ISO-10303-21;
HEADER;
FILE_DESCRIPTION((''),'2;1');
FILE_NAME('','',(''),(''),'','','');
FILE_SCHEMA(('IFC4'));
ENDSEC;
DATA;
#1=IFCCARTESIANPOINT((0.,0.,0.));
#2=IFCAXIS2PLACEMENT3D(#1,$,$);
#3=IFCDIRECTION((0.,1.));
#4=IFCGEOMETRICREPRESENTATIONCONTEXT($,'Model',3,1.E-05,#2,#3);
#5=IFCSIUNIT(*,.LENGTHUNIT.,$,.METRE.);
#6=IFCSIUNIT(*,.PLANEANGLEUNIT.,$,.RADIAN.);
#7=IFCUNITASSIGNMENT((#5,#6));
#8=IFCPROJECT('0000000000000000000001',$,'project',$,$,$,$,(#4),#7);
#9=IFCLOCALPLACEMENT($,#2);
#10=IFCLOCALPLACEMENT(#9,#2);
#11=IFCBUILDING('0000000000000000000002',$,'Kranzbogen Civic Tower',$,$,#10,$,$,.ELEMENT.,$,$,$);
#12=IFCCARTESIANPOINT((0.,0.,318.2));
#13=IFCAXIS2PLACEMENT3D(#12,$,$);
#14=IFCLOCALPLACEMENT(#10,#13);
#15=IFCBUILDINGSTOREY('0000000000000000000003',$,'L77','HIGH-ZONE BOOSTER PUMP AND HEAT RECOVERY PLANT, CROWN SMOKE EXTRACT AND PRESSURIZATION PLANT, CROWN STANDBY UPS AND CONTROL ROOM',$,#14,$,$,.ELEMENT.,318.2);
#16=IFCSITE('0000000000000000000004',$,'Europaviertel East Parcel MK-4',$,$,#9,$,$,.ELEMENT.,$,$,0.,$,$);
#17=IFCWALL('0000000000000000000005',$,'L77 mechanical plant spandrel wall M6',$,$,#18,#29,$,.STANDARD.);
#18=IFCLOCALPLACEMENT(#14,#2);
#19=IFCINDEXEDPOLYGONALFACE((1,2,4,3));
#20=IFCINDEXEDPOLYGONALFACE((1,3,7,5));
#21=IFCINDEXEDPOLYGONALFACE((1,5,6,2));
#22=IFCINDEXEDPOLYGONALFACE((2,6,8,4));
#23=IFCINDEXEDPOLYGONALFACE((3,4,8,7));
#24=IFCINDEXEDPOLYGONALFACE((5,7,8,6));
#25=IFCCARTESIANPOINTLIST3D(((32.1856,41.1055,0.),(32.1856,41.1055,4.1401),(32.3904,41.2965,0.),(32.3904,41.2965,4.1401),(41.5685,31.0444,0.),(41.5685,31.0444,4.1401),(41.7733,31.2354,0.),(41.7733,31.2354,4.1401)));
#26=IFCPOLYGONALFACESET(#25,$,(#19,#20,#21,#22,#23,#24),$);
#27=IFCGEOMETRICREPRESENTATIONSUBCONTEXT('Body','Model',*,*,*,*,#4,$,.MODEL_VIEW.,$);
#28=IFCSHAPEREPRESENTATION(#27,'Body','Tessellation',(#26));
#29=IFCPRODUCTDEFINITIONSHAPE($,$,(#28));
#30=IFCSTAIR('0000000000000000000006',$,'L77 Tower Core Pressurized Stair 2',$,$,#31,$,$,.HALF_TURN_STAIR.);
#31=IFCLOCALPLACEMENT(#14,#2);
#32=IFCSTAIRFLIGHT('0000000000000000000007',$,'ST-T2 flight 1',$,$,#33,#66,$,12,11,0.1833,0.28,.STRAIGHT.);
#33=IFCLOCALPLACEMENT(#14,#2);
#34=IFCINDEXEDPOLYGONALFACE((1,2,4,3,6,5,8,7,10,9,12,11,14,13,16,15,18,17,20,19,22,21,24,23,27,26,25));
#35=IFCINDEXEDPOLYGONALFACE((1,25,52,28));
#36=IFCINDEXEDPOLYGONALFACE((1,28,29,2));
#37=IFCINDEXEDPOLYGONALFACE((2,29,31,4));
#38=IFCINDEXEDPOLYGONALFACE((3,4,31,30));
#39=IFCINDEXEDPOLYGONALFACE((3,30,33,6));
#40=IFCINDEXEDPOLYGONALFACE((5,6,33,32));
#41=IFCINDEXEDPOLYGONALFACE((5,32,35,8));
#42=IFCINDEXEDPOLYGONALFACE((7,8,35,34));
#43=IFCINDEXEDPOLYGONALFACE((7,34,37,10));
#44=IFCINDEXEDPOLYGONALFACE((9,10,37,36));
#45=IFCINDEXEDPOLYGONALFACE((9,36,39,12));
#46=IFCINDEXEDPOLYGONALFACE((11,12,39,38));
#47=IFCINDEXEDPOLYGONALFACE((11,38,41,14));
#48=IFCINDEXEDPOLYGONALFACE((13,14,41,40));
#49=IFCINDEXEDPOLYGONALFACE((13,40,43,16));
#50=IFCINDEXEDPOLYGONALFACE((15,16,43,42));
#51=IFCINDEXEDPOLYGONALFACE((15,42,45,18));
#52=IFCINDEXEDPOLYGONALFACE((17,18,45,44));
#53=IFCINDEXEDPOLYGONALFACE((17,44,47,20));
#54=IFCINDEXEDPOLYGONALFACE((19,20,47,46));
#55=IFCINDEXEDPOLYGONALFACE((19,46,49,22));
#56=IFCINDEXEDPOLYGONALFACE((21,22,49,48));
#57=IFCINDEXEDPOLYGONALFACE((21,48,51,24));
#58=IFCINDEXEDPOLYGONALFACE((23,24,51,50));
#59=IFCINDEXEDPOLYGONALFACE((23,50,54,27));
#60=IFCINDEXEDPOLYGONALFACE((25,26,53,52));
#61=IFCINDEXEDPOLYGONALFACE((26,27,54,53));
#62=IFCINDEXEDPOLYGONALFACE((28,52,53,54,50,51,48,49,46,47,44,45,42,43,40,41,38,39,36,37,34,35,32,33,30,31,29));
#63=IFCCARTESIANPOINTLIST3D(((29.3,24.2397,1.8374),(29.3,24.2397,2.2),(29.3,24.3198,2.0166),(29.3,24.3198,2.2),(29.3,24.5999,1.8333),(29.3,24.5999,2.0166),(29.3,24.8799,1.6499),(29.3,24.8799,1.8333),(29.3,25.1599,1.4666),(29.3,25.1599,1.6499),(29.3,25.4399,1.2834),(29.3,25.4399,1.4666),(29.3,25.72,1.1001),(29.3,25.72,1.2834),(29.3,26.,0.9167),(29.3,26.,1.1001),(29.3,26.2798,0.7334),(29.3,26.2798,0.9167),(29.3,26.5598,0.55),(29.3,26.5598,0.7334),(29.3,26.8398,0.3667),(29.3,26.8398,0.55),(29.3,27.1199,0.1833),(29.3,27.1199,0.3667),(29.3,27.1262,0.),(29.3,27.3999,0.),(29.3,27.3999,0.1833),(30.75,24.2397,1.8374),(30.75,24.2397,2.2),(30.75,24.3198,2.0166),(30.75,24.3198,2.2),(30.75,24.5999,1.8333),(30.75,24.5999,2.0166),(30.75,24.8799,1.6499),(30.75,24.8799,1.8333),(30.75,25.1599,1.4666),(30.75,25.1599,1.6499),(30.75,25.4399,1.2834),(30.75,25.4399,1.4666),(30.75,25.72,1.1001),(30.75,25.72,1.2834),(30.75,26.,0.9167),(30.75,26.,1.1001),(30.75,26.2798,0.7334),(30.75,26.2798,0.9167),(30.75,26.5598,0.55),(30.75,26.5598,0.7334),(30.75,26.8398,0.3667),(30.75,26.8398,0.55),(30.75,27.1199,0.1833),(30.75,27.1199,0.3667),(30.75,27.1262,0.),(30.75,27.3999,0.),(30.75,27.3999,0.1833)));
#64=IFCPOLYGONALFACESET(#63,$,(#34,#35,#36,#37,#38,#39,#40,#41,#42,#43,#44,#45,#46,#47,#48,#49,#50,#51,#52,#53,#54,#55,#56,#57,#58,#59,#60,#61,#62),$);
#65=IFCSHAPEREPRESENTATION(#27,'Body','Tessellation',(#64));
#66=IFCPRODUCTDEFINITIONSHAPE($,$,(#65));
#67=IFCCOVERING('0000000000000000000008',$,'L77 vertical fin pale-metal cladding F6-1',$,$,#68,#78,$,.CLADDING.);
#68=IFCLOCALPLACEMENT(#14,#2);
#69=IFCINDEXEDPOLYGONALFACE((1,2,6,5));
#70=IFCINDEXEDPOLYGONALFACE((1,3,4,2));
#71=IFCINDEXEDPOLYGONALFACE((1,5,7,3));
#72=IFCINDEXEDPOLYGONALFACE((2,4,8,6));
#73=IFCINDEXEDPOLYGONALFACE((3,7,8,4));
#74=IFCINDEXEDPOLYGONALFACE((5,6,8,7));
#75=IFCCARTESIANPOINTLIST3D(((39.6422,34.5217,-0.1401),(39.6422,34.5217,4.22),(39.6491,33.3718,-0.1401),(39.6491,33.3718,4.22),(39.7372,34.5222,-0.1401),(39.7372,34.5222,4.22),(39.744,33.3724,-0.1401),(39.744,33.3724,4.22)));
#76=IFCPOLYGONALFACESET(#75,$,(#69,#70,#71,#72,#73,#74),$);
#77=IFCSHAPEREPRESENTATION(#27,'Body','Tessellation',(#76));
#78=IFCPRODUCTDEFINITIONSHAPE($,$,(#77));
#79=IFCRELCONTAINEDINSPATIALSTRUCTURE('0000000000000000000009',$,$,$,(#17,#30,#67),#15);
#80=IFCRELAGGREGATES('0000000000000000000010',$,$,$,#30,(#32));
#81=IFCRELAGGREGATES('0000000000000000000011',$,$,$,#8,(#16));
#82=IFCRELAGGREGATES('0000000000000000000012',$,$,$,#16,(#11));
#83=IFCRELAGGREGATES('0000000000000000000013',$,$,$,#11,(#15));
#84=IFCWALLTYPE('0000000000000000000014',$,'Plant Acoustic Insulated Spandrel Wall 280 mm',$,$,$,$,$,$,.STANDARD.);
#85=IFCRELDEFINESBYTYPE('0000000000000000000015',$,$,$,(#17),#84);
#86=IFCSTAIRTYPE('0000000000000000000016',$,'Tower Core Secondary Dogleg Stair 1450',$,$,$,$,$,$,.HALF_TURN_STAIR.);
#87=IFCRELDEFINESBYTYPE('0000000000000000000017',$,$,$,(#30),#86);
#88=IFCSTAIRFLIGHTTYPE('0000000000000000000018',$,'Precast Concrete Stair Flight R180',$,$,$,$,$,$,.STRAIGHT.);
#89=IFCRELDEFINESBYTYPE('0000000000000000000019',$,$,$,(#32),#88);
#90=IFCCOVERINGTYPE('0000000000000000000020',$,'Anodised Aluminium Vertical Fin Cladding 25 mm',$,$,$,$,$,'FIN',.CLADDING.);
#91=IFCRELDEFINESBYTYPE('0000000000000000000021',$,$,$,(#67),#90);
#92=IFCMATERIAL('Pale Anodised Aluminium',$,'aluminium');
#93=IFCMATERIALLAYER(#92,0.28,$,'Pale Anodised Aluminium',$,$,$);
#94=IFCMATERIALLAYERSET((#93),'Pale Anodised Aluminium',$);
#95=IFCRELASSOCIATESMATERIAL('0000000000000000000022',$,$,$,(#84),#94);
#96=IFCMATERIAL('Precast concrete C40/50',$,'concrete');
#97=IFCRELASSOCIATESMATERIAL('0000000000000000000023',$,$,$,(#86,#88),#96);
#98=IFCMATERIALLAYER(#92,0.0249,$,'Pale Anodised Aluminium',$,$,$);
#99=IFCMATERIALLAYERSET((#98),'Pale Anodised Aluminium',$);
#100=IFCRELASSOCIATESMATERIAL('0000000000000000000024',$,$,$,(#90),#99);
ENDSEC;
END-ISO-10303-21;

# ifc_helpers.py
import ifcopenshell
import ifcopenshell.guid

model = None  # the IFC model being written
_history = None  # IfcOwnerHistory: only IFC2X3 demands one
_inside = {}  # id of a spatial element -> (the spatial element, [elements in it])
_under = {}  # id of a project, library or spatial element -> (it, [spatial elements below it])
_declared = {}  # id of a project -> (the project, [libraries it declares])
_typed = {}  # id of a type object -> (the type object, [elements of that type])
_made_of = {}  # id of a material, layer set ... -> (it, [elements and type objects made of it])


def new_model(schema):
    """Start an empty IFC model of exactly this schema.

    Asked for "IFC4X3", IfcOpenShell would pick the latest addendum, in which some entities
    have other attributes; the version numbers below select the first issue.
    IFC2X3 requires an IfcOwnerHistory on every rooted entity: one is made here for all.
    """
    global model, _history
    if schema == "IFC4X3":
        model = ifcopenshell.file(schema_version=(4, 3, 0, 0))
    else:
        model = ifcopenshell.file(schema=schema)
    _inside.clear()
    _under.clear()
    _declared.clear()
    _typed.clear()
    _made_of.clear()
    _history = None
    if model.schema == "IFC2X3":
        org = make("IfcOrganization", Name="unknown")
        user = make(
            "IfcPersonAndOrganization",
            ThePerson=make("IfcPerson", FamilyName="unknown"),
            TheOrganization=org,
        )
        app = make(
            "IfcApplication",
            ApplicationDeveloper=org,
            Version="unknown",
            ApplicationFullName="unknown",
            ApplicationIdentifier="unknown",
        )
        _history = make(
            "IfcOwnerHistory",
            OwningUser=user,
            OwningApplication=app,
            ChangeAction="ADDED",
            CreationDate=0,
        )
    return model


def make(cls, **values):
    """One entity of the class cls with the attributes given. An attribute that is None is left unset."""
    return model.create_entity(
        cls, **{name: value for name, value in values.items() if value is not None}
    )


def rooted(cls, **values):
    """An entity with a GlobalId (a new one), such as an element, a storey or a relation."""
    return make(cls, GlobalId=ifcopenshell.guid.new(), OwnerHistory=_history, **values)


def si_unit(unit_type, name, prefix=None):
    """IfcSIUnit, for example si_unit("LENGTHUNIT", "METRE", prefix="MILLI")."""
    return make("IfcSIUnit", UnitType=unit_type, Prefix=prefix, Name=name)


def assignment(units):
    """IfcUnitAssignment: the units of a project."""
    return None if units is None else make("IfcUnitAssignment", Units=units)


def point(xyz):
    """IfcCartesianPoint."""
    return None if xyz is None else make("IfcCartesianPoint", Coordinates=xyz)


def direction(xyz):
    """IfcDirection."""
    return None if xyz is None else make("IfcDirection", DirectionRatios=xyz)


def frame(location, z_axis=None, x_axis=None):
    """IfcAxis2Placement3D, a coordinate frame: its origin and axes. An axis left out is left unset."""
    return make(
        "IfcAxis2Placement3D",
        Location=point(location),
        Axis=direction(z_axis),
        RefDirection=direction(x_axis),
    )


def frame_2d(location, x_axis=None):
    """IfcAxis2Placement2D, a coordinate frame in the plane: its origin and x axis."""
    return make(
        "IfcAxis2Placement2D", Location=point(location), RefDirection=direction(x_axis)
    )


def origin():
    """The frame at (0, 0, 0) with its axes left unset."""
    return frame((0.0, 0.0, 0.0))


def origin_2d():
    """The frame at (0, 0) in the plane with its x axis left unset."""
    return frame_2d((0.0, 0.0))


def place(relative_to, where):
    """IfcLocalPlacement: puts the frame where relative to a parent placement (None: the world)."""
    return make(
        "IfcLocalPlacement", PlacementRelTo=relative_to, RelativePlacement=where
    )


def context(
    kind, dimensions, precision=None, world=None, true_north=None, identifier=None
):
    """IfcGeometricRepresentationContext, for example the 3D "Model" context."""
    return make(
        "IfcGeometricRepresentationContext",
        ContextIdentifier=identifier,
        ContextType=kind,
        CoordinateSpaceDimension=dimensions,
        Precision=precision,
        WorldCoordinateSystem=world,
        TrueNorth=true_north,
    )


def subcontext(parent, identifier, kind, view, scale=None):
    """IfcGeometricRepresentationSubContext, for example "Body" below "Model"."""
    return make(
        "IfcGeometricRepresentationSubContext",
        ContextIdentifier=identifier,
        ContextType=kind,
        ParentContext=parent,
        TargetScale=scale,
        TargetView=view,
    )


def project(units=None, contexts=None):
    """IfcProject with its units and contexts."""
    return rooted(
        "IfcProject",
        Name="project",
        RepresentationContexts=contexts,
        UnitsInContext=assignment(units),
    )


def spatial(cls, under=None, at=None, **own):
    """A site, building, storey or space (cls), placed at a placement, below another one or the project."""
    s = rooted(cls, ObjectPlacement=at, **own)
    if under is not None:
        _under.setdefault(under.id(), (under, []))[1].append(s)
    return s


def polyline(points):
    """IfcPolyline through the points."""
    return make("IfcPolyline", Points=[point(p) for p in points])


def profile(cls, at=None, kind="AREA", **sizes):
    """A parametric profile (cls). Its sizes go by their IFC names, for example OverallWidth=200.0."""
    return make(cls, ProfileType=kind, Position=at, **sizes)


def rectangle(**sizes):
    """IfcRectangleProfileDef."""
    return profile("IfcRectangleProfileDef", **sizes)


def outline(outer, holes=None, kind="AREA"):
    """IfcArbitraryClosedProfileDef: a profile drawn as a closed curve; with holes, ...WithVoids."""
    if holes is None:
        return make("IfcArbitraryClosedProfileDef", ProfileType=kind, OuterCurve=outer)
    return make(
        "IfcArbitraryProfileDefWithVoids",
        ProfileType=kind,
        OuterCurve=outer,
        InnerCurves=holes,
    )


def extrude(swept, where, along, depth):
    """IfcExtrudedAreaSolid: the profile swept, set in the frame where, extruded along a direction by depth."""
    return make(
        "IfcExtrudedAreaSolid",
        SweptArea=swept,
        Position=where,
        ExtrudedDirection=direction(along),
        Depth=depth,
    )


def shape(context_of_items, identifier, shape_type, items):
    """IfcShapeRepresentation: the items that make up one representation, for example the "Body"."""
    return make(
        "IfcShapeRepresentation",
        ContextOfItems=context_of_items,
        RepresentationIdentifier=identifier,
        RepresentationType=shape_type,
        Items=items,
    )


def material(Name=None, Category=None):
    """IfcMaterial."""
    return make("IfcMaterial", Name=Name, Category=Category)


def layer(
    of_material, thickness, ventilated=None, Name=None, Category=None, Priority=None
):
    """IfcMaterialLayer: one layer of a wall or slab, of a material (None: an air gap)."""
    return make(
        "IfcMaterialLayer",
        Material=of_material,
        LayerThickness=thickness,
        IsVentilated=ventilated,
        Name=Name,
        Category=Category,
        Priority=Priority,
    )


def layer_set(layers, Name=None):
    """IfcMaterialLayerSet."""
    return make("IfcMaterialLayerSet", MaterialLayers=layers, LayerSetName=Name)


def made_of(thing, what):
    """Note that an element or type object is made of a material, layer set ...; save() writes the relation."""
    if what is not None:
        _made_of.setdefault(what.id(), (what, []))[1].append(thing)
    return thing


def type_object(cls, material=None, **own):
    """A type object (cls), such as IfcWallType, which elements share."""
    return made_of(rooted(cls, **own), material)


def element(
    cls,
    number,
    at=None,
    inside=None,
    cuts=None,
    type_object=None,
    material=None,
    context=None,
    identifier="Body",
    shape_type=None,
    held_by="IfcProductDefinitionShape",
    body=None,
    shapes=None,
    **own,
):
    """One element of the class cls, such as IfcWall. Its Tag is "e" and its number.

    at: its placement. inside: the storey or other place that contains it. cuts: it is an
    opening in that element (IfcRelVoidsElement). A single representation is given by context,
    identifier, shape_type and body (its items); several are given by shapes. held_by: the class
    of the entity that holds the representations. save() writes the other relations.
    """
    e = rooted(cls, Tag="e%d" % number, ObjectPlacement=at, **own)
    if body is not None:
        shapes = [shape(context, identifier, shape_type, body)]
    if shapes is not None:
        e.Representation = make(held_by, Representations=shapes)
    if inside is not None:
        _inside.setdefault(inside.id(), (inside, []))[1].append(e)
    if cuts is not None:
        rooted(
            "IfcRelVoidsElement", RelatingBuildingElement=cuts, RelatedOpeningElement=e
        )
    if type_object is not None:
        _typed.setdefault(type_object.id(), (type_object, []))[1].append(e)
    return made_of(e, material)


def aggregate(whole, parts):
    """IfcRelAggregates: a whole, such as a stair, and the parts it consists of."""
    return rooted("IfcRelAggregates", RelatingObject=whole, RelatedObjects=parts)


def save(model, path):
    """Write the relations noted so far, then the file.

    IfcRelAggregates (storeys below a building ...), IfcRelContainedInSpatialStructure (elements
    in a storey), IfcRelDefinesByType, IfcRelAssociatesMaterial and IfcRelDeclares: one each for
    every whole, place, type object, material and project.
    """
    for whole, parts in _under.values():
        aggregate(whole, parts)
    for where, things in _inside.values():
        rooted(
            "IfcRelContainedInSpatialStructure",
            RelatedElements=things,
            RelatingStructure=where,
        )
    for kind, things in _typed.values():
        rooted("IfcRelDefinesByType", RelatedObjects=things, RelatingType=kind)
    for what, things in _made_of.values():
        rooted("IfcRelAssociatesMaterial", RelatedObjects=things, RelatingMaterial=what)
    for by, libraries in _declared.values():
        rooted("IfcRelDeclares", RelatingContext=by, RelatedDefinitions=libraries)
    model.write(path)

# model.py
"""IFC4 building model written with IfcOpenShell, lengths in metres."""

from ifc_helpers import new_model, si_unit, direction, frame, frame_2d, origin, origin_2d, place, context, subcontext, project, spatial, polyline, rectangle, outline, extrude, material, layer, layer_set, type_object, element, aggregate, save


model = new_model("IFC4")

# Units and contexts
model_context = context("Model", 3, precision=1e-05, world=origin(), true_north=direction((0.0, 1.0)))
body_context = subcontext(model_context, "Body", "Model", "MODEL_VIEW")
ifc_project = project(units=[si_unit("LENGTHUNIT", "METRE"), si_unit("PLANEANGLEUNIT", "RADIAN")], contexts=[model_context])

# Site, building, storey
site_placement = place(None, origin())
site = spatial("IfcSite", under=ifc_project, at=site_placement, Name="Europaviertel East Parcel MK-4", CompositionType="ELEMENT", RefElevation=0.0)
building_placement = place(site_placement, origin())
building = spatial("IfcBuilding", under=site, at=building_placement, Name="Kranzbogen Civic Tower", CompositionType="ELEMENT")
storey_placement = place(building_placement, frame((0.0, 0.0, 318.2)))
storey = spatial("IfcBuildingStorey", under=building, at=storey_placement, Name="L77", Description="HIGH-ZONE BOOSTER PUMP AND HEAT RECOVERY PLANT, CROWN SMOKE EXTRACT AND PRESSURIZATION PLANT, CROWN STANDBY UPS AND CONTROL ROOM", CompositionType="ELEMENT", Elevation=318.2)

# Shared definitions
ifc_material_1 = material(Name="Pale Anodised Aluminium", Category="aluminium")

# Wall
ifc_layer_1 = layer(ifc_material_1, 0.28, Name="Pale Anodised Aluminium")
ifc_layer_set_1 = layer_set([ifc_layer_1], Name="Pale Anodised Aluminium")
wall_type_1 = type_object("IfcWallType", Name="Plant Acoustic Insulated Spandrel Wall 280 mm", PredefinedType="STANDARD", material=ifc_layer_set_1)
wall_1_placement = place(storey_placement, frame((41.6709, 31.1399, 0.0), z_axis=(0.0, 0.0, 1.0), x_axis=(-0.682027, 0.731327, 0.0)))
element("IfcWall", 1, at=wall_1_placement, inside=storey, type_object=wall_type_1, Name="L77 mechanical plant spandrel wall M6", PredefinedType="STANDARD", context=body_context, shape_type="SweptSolid", body=[
    extrude(rectangle(XDim=13.7573, YDim=0.28, at=frame_2d((6.8787, 0.0))), origin(), (0.0, 0.0, 1.0), 4.1401),
])

# Stair, stair flight
ifc_material_2 = material(Name="Precast concrete C40/50", Category="concrete")
stair_type = type_object("IfcStairType", Name="Tower Core Secondary Dogleg Stair 1450", PredefinedType="HALF_TURN_STAIR", material=ifc_material_2)
stair_placement = place(storey_placement, origin())
stair = element("IfcStair", 2, at=stair_placement, inside=storey, type_object=stair_type, Name="L77 Tower Core Pressurized Stair 2", PredefinedType="HALF_TURN_STAIR")
stair_flight_type = type_object("IfcStairFlightType", Name="Precast Concrete Stair Flight R180", PredefinedType="STRAIGHT", material=ifc_material_2)
stair_flight_placement = place(storey_placement, frame((30.0249, 27.3999, 0.0), z_axis=(0.0, 0.0, 1.0), x_axis=(0.0, -1.0, 0.0)))
stair_flight = element("IfcStairFlight", 3, at=stair_flight_placement, type_object=stair_flight_type, Name="ST-T2 flight 1", NumberOfRisers=12, NumberOfTreads=11, PredefinedType="STRAIGHT", RiserHeight=0.1833, TreadLength=0.28, context=body_context, shape_type="SweptSolid", body=[
    extrude(outline(polyline([(0.0, 0.0), (0.0, 0.1833), (0.28, 0.1833), (0.28, 0.3667), (0.5601, 0.3667), (0.5601, 0.55), (0.8401, 0.55), (0.8401, 0.7334), (1.1201, 0.7334), (1.1201, 0.9167), (1.3999, 0.9167), (1.3999, 1.1001), (1.6799, 1.1001), (1.6799, 1.2834), (1.96, 1.2834), (1.96, 1.4666), (2.24, 1.4666), (2.24, 1.6499), (2.52, 1.6499), (2.52, 1.8333), (2.8, 1.8333), (2.8, 2.0166), (3.0801, 2.0166), (3.0801, 2.2), (3.1602, 2.2), (3.1602, 1.8374), (0.2737, 0.0), (0.0, 0.0)])), frame((0.0, 0.7251, 0.0), z_axis=(0.0, -1.0, 0.0), x_axis=(1.0, 0.0, 0.0)), (0.0, 0.0, 1.0), 1.45),
])
aggregate(stair, [stair_flight])

# Covering
ifc_layer_2 = layer(ifc_material_1, 0.0249, Name="Pale Anodised Aluminium")
ifc_layer_set_2 = layer_set([ifc_layer_2], Name="Pale Anodised Aluminium")
covering_type = type_object("IfcCoveringType", Name="Anodised Aluminium Vertical Fin Cladding 25 mm", ElementType="FIN", PredefinedType="CLADDING", material=ifc_layer_set_2)
covering_placement = place(storey_placement, frame((39.6931, 33.947, -0.1401), z_axis=(0.0, 0.0, 1.0), x_axis=(-0.005969, 0.999982, 0.0)))
element("IfcCovering", 4, at=covering_placement, inside=storey, type_object=covering_type, Name="L77 vertical fin pale-metal cladding F6-1", PredefinedType="CLADDING", context=body_context, shape_type="SweptSolid", body=[
    extrude(rectangle(XDim=1.1499, YDim=0.095, at=origin_2d()), origin(), (0.0, 0.0, 1.0), 4.3601),
])

save(model, "model.ifc")
